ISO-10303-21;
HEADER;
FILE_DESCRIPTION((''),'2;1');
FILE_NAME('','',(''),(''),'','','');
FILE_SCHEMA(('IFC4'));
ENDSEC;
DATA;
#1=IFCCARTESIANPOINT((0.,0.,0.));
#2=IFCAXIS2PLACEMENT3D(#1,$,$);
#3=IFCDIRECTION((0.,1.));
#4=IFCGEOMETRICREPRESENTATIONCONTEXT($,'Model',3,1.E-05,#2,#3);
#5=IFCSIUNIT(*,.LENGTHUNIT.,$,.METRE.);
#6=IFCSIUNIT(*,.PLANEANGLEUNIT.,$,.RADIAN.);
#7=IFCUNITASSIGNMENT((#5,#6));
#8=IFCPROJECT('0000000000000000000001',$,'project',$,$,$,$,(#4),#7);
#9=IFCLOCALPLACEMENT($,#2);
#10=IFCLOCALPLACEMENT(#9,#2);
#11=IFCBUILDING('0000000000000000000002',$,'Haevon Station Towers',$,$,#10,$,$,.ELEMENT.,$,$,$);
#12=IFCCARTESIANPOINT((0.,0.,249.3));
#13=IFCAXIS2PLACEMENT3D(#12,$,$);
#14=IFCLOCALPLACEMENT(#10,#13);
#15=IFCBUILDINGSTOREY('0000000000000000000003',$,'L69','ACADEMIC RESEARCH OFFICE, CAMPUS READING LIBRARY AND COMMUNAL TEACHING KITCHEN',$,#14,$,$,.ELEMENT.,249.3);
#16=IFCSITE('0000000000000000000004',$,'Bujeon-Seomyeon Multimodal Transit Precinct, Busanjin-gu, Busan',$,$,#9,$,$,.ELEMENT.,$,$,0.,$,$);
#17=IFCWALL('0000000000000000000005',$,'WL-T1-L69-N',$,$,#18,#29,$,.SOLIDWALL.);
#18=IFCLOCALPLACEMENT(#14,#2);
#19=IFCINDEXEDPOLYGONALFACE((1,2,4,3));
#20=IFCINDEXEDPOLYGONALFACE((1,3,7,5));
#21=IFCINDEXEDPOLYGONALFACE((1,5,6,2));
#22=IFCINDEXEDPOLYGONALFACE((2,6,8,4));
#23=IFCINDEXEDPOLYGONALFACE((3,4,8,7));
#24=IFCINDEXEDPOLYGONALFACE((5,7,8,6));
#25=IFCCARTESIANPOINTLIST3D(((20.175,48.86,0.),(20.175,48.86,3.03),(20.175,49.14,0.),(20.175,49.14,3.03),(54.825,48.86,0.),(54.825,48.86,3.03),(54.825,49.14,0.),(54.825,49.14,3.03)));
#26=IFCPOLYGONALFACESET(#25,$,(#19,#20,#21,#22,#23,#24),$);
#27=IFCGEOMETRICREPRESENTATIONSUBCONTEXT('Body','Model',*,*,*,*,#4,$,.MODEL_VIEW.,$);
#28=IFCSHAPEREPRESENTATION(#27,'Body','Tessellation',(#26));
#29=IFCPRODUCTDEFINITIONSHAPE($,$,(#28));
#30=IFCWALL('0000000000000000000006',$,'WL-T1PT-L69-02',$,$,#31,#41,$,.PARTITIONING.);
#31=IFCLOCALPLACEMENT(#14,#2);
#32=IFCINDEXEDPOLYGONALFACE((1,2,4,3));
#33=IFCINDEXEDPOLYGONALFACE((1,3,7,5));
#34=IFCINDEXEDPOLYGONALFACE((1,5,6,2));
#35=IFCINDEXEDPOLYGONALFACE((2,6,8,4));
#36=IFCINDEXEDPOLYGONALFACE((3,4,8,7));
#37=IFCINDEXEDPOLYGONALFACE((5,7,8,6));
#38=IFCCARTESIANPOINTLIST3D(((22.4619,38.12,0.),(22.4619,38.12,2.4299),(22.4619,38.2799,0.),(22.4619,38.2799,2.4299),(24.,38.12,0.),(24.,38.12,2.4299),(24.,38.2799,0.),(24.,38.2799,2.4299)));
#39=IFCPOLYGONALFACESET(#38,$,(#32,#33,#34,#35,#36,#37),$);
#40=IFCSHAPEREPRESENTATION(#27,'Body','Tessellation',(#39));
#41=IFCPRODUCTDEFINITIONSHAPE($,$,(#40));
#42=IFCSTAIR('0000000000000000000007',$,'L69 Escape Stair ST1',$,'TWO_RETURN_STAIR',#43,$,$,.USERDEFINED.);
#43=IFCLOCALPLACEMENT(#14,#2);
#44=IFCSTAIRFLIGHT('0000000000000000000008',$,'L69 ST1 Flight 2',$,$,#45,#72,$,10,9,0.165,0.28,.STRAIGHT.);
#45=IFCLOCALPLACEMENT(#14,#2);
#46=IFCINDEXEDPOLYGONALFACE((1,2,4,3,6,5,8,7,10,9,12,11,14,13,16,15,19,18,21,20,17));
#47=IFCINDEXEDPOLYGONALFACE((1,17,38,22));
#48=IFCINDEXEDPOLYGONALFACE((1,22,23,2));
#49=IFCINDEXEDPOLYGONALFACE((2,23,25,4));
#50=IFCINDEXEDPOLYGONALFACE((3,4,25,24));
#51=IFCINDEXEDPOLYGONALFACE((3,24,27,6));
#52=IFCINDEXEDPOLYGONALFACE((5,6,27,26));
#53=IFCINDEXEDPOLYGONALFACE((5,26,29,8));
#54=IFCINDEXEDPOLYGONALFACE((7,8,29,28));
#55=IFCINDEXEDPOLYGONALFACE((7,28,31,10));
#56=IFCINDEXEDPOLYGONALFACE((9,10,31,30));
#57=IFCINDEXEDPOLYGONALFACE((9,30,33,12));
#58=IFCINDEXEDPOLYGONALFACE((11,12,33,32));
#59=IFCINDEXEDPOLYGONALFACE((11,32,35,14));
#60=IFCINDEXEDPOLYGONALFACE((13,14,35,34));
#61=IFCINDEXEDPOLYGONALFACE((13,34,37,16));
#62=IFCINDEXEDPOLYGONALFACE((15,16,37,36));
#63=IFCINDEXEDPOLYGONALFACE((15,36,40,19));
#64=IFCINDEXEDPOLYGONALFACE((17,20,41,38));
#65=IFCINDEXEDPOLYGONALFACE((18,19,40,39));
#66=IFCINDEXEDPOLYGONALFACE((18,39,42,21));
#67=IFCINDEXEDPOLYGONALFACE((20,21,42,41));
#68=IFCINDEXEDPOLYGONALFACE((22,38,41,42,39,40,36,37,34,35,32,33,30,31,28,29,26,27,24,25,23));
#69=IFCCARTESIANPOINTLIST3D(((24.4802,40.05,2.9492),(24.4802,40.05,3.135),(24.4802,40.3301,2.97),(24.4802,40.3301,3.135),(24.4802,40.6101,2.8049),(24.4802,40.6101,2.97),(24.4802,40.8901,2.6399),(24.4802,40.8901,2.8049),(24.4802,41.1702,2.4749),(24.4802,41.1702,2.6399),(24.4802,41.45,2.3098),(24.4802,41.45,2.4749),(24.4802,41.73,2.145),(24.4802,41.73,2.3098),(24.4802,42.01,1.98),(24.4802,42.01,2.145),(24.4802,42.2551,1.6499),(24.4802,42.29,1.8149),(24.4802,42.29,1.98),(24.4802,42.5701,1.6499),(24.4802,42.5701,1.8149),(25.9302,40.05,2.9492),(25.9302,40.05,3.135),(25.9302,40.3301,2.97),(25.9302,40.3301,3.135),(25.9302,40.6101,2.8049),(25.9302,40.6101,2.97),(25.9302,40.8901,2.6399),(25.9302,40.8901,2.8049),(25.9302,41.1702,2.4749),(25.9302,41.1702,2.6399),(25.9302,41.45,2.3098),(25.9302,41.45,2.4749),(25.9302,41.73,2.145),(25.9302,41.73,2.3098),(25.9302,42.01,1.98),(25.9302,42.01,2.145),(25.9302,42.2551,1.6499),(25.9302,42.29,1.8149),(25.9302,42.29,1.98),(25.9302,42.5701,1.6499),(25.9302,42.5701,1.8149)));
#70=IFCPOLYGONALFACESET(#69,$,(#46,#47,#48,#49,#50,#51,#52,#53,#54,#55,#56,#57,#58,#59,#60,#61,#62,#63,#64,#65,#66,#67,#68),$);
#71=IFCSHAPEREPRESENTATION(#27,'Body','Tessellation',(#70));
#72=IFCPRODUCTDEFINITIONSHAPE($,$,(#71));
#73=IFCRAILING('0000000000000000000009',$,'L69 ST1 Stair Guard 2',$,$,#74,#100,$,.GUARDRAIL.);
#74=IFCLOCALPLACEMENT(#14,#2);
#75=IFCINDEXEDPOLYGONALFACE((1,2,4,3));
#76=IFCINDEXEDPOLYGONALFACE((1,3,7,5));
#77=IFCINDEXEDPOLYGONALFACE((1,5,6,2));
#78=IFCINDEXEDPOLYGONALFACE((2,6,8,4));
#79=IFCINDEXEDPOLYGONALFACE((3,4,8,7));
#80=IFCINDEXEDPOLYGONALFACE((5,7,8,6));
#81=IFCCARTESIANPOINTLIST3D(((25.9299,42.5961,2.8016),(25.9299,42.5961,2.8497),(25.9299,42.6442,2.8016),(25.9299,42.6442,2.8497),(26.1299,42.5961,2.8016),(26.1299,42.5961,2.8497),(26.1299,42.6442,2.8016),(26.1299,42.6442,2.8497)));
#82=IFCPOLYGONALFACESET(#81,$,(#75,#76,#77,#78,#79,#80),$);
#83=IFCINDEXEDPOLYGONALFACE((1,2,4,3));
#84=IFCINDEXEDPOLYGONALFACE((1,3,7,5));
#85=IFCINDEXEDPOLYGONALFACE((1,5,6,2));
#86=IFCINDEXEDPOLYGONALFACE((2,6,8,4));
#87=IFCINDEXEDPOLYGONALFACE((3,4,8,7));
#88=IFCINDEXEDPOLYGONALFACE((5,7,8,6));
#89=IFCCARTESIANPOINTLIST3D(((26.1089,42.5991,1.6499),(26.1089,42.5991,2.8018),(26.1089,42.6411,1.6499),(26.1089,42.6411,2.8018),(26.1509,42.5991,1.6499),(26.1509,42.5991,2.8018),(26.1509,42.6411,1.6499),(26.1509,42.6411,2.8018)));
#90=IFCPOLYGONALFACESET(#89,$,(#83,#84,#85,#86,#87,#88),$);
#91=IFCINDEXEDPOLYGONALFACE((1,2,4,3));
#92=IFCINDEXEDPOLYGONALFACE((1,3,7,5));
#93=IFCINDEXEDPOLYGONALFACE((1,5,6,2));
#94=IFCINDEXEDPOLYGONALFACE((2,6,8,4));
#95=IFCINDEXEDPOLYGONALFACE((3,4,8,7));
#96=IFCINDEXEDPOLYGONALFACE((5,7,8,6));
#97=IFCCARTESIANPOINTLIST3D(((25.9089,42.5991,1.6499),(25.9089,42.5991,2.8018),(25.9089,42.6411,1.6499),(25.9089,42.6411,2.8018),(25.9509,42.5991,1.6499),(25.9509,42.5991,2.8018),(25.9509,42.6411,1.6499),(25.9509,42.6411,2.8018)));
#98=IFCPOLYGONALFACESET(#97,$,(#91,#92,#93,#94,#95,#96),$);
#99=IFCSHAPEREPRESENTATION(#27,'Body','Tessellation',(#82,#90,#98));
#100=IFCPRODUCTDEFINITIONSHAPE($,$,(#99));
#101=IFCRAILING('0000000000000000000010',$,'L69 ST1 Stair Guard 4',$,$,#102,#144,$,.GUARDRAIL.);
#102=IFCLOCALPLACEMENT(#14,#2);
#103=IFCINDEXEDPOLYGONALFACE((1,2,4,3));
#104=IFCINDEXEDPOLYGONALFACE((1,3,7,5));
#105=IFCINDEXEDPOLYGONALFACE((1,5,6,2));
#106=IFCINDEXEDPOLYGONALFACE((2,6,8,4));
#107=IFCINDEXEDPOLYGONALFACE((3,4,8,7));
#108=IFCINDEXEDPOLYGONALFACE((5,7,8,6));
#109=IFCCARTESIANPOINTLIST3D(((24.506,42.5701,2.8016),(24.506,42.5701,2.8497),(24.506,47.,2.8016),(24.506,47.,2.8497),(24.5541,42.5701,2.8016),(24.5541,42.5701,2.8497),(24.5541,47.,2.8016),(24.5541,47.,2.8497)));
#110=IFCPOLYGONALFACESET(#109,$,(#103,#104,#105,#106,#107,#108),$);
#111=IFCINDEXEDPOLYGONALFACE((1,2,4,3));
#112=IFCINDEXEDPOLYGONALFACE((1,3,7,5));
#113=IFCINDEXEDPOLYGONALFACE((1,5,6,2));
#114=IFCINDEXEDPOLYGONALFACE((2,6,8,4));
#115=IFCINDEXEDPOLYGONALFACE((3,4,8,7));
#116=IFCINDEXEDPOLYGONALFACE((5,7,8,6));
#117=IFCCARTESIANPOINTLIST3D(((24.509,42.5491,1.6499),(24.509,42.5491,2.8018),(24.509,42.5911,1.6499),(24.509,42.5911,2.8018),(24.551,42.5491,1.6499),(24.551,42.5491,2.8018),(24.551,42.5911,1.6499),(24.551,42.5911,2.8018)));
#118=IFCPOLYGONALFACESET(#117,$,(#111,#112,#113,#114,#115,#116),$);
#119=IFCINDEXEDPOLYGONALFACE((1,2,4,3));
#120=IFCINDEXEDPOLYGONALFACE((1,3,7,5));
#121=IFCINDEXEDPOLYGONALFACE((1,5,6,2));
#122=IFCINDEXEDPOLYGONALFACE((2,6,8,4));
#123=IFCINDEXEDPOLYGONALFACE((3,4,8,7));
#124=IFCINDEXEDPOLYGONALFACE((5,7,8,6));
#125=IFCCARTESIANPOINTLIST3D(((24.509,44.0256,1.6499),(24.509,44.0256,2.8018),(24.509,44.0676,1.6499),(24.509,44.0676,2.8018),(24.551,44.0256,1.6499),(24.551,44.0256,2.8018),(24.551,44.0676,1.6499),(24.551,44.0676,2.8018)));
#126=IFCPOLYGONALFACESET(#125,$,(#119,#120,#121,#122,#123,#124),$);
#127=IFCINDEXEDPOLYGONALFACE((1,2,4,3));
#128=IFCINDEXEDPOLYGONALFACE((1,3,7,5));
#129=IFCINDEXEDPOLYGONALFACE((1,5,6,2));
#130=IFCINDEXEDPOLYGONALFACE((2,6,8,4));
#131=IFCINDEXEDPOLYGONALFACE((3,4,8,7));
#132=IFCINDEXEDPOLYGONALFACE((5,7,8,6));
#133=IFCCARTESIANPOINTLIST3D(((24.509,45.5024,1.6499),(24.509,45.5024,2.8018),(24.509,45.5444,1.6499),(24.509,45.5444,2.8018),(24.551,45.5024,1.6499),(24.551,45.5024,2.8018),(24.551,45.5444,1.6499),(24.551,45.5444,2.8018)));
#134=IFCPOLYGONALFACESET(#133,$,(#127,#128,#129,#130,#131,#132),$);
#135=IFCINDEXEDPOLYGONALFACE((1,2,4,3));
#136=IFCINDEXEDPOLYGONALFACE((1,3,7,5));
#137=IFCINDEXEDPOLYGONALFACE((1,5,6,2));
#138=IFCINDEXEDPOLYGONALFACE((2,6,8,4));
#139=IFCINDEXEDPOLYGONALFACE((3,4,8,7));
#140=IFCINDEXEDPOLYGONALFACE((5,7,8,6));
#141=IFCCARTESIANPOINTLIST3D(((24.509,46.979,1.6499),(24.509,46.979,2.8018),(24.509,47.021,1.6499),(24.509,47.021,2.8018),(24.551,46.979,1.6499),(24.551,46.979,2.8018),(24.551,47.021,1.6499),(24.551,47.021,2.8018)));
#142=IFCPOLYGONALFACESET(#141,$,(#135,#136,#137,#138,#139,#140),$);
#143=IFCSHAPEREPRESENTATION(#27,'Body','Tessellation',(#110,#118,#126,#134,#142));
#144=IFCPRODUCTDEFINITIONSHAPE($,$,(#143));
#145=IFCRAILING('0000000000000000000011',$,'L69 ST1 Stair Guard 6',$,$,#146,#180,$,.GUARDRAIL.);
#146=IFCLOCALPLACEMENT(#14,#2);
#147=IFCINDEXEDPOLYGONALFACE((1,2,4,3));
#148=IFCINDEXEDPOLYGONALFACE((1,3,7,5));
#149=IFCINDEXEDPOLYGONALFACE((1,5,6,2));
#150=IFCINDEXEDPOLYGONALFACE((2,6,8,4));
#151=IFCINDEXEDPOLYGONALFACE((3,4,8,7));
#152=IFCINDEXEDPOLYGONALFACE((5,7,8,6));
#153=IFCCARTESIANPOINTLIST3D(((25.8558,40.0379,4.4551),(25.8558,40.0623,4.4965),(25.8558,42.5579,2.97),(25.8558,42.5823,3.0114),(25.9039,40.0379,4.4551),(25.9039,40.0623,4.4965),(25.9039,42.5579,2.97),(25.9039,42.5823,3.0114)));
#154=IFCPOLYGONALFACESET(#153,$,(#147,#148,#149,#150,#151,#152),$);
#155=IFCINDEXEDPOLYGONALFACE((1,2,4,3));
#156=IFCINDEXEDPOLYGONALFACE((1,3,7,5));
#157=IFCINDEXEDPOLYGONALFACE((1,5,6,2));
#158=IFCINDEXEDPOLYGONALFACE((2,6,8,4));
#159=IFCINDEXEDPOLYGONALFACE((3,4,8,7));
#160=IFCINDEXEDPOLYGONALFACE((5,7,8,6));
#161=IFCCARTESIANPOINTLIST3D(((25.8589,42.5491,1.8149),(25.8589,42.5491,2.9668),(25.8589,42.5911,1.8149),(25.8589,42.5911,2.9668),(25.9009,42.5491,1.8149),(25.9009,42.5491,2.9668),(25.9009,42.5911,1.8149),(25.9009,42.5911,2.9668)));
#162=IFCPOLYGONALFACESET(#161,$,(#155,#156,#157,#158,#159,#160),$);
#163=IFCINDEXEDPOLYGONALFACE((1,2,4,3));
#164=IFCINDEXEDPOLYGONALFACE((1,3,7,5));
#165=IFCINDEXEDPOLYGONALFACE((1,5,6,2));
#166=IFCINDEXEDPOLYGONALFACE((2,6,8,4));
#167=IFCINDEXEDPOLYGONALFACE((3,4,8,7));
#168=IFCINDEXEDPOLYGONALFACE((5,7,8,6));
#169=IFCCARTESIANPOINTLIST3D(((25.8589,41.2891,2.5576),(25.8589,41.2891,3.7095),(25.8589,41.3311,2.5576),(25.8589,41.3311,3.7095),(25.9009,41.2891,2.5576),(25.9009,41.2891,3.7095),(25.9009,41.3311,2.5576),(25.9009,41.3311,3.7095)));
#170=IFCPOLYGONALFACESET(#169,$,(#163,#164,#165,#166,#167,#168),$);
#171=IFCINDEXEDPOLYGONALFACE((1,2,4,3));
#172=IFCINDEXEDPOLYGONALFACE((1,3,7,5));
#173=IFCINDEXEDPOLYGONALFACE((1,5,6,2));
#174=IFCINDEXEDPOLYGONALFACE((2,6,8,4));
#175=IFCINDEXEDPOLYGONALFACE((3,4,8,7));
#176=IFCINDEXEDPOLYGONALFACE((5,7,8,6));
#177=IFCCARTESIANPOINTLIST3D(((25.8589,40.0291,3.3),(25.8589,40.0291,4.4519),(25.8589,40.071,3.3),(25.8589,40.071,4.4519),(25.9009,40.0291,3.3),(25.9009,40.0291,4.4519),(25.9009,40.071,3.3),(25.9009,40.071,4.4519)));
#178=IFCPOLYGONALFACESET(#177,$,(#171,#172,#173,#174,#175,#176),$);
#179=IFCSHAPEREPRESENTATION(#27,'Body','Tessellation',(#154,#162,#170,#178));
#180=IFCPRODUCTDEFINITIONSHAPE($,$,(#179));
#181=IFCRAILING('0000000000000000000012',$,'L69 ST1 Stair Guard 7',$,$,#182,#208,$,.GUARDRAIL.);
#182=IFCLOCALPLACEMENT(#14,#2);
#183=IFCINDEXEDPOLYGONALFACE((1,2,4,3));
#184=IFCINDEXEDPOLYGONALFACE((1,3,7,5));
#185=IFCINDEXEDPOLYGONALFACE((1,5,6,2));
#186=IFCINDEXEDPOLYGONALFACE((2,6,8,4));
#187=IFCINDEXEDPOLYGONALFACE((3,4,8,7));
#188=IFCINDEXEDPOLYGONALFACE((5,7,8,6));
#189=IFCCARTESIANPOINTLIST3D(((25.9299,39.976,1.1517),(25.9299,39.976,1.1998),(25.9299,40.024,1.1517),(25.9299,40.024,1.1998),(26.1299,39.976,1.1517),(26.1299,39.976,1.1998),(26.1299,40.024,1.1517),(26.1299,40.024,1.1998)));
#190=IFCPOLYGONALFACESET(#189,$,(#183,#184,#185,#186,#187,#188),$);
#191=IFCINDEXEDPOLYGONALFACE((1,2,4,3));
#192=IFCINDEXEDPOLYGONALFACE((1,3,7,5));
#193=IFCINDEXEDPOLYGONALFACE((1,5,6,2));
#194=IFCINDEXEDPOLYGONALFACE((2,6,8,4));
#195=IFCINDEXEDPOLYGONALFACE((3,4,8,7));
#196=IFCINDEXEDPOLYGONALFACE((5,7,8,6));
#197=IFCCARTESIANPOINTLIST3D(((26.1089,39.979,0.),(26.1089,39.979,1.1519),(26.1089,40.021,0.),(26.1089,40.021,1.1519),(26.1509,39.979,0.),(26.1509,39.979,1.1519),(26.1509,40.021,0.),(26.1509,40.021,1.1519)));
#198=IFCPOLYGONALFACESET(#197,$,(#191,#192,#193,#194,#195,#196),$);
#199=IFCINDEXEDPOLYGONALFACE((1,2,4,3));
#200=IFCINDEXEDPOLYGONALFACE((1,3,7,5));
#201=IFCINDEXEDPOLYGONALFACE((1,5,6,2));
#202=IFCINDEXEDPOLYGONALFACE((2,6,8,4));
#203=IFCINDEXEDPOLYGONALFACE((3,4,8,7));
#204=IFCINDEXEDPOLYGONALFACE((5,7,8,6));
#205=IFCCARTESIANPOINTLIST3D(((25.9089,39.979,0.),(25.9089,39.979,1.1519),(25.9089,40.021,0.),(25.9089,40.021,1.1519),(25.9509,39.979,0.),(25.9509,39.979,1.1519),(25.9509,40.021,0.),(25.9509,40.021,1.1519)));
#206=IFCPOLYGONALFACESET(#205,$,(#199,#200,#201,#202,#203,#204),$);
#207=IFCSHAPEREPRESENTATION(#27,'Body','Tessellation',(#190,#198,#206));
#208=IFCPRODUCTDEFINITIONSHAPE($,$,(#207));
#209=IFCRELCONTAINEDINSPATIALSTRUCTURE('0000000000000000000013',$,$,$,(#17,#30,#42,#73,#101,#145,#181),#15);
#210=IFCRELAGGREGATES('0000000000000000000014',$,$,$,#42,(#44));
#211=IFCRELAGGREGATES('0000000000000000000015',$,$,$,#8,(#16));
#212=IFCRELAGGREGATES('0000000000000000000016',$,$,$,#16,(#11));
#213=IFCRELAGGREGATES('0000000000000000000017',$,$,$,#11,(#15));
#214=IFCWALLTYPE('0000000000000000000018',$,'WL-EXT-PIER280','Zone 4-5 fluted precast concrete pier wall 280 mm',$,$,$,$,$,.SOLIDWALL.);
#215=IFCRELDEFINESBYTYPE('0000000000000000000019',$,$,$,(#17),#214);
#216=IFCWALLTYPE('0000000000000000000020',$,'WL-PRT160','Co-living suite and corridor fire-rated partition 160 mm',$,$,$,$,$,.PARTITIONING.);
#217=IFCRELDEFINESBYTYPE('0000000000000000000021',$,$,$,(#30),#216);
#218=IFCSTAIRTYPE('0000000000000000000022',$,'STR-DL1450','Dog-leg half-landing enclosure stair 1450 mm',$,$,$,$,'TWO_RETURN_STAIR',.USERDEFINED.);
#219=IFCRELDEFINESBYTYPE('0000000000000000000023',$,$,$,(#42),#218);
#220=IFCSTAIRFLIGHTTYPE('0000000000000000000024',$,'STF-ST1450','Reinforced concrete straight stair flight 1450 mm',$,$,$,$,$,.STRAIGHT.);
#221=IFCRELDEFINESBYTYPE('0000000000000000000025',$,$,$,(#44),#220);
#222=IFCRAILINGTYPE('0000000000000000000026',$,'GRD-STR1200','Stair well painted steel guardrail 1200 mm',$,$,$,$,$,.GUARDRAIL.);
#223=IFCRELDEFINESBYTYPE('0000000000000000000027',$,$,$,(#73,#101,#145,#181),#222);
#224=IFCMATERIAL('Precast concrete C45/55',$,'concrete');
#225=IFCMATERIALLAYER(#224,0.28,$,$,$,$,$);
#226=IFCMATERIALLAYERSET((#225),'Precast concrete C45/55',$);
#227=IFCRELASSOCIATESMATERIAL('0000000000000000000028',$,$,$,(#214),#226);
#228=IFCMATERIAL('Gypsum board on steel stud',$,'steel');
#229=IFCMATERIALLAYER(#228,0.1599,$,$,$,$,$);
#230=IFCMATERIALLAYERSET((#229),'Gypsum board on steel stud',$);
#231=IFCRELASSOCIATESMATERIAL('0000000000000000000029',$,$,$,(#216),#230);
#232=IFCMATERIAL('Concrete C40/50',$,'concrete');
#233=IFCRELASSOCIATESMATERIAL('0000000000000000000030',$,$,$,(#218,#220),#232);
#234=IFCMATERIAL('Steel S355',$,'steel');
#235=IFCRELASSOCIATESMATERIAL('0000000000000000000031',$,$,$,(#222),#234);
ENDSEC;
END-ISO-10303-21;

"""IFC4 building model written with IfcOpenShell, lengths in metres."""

from ifc_helpers import new_model, si_unit, direction, frame, frame_2d, origin, origin_2d, place, context, subcontext, project, spatial, polyline, rectangle, outline, extrude, material, layer, layer_set, type_object, element, aggregate, save


model = new_model("IFC4")

# Units and contexts
model_context = context("Model", 3, precision=1e-05, world=origin(), true_north=direction((0.0, 1.0)))
body_context = subcontext(model_context, "Body", "Model", "MODEL_VIEW")
ifc_project = project(units=[si_unit("LENGTHUNIT", "METRE"), si_unit("PLANEANGLEUNIT", "RADIAN")], contexts=[model_context])

# Site, building, storey
site_placement = place(None, origin())
site = spatial("IfcSite", under=ifc_project, at=site_placement, Name="Bujeon-Seomyeon Multimodal Transit Precinct, Busanjin-gu, Busan", CompositionType="ELEMENT", RefElevation=0.0)
building_placement = place(site_placement, origin())
building = spatial("IfcBuilding", under=site, at=building_placement, Name="Haevon Station Towers", CompositionType="ELEMENT")
storey_placement = place(building_placement, frame((0.0, 0.0, 249.3)))
storey = spatial("IfcBuildingStorey", under=building, at=storey_placement, Name="L69", Description="ACADEMIC RESEARCH OFFICE, CAMPUS READING LIBRARY AND COMMUNAL TEACHING KITCHEN", CompositionType="ELEMENT", Elevation=249.3)

# Shared definitions
ifc_material_1 = material(Name="Steel S355", Category="steel")

# Shared definitions
ifc_material_2 = material(Name="Gypsum board on steel stud", Category="steel")

# Walls
ifc_material_3 = material(Name="Precast concrete C45/55", Category="concrete")
ifc_layer_1 = layer(ifc_material_3, 0.28)
ifc_layer_set_1 = layer_set([ifc_layer_1], Name="Precast concrete C45/55")
wall_type_1 = type_object("IfcWallType", Name="WL-EXT-PIER280", Description="Zone 4-5 fluted precast concrete pier wall 280 mm", PredefinedType="SOLIDWALL", material=ifc_layer_set_1)
wall_1_placement = place(storey_placement, frame((20.175, 49.0, 0.0), z_axis=(0.0, 0.0, 1.0), x_axis=(1.0, 0.0, 0.0)))
element("IfcWall", 1, at=wall_1_placement, inside=storey, type_object=wall_type_1, Name="WL-T1-L69-N", PredefinedType="SOLIDWALL", context=body_context, shape_type="SweptSolid", body=[
    extrude(rectangle(XDim=34.6499, YDim=0.28, at=frame_2d((17.325, 0.0))), origin(), (0.0, 0.0, 1.0), 3.03),
])
ifc_layer_2 = layer(ifc_material_2, 0.1599)
ifc_layer_set_2 = layer_set([ifc_layer_2], Name="Gypsum board on steel stud")
wall_type_2 = type_object("IfcWallType", Name="WL-PRT160", Description="Co-living suite and corridor fire-rated partition 160 mm", PredefinedType="PARTITIONING", material=ifc_layer_set_2)
wall_2_placement = place(storey_placement, frame((22.4619, 38.2, 0.0), z_axis=(0.0, 0.0, 1.0), x_axis=(1.0, 0.0, 0.0)))
element("IfcWall", 2, at=wall_2_placement, inside=storey, type_object=wall_type_2, Name="WL-T1PT-L69-02", PredefinedType="PARTITIONING", context=body_context, shape_type="SweptSolid", body=[
    extrude(rectangle(XDim=1.5381, YDim=0.1599, at=frame_2d((0.769, 0.0))), origin(), (0.0, 0.0, 1.0), 2.4299),
])

# Stair, stair flight
ifc_material_4 = material(Name="Concrete C40/50", Category="concrete")
stair_type = type_object("IfcStairType", Name="STR-DL1450", Description="Dog-leg half-landing enclosure stair 1450 mm", ElementType="TWO_RETURN_STAIR", PredefinedType="USERDEFINED", material=ifc_material_4)
stair_placement = place(storey_placement, origin())
stair = element("IfcStair", 3, at=stair_placement, inside=storey, type_object=stair_type, Name="L69 Escape Stair ST1", ObjectType="TWO_RETURN_STAIR", PredefinedType="USERDEFINED")
stair_flight_type = type_object("IfcStairFlightType", Name="STF-ST1450", Description="Reinforced concrete straight stair flight 1450 mm", PredefinedType="STRAIGHT", material=ifc_material_4)
stair_flight_placement = place(storey_placement, frame((25.2051, 42.5701, 1.6499), z_axis=(0.0, 0.0, 1.0), x_axis=(0.0, -1.0, 0.0)))
stair_flight = element("IfcStairFlight", 4, at=stair_flight_placement, type_object=stair_flight_type, Name="L69 ST1 Flight 2", NumberOfRisers=10, NumberOfTreads=9, PredefinedType="STRAIGHT", RiserHeight=0.165, TreadLength=0.28, context=body_context, shape_type="SweptSolid", body=[
    extrude(outline(polyline([(0.0, 0.0), (0.0, 0.165), (0.28, 0.165), (0.28, 0.3301), (0.5601, 0.3301), (0.5601, 0.4951), (0.8401, 0.4951), (0.8401, 0.6599), (1.1201, 0.6599), (1.1201, 0.825), (1.3999, 0.825), (1.3999, 0.99), (1.6799, 0.99), (1.6799, 1.155), (1.96, 1.155), (1.96, 1.3201), (2.24, 1.3201), (2.24, 1.4851), (2.52, 1.4851), (2.52, 1.6499), (2.52, 1.2993), (0.3149, 0.0), (0.0, 0.0)])), frame((0.0, 0.7251, 0.0), z_axis=(0.0, -1.0, 0.0), x_axis=(1.0, 0.0, 0.0)), (0.0, 0.0, 1.0), 1.45),
])
aggregate(stair, [stair_flight])

# Railings
railing_type_1 = type_object("IfcRailingType", Name="GRD-STR1200", Description="Stair well painted steel guardrail 1200 mm", PredefinedType="GUARDRAIL", material=ifc_material_1)
railing_1_placement = place(storey_placement, frame((26.1299, 42.6201, 1.6499)))
element("IfcRailing", 5, at=railing_1_placement, inside=storey, type_object=railing_type_1, Name="L69 ST1 Stair Guard 2", PredefinedType="GUARDRAIL", context=body_context, shape_type="SweptSolid", body=[
    extrude(rectangle(XDim=0.0481, YDim=0.0481, at=origin_2d()), frame((0.0, 0.0, 1.1758), z_axis=(-1.0, 0.0, 0.0), x_axis=(0.0, -1.0, 0.0)), (0.0, 0.0, 1.0), 0.2),
    extrude(rectangle(XDim=0.042, YDim=0.042, at=origin_2d()), origin(), (0.0, 0.0, 1.0), 1.1519),
    extrude(rectangle(XDim=0.042, YDim=0.042, at=origin_2d()), frame((-0.2, 0.0, 0.0)), (0.0, 0.0, 1.0), 1.1519),
])
railing_2_placement = place(storey_placement, frame((24.53, 42.5701, 1.6499)))
element("IfcRailing", 6, at=railing_2_placement, inside=storey, type_object=railing_type_1, Name="L69 ST1 Stair Guard 4", PredefinedType="GUARDRAIL", context=body_context, shape_type="SweptSolid", body=[
    extrude(rectangle(XDim=0.0481, YDim=0.0481, at=origin_2d()), frame((0.0, 0.0, 1.1758), z_axis=(0.0, 1.0, 0.0), x_axis=(-1.0, 0.0, 0.0)), (0.0, 0.0, 1.0), 4.4299),
    extrude(rectangle(XDim=0.042, YDim=0.042, at=origin_2d()), origin(), (0.0, 0.0, 1.0), 1.1519),
    extrude(rectangle(XDim=0.042, YDim=0.042, at=origin_2d()), frame((0.0, 1.4766, 0.0)), (0.0, 0.0, 1.0), 1.1519),
    extrude(rectangle(XDim=0.042, YDim=0.042, at=origin_2d()), frame((0.0, 2.9534, 0.0)), (0.0, 0.0, 1.0), 1.1519),
    extrude(rectangle(XDim=0.042, YDim=0.042, at=origin_2d()), frame((0.0, 4.4299, 0.0)), (0.0, 0.0, 1.0), 1.1519),
])
railing_3_placement = place(storey_placement, frame((25.8799, 42.5701, 1.8149)))
element("IfcRailing", 7, at=railing_3_placement, inside=storey, type_object=railing_type_1, Name="L69 ST1 Stair Guard 6", PredefinedType="GUARDRAIL", context=body_context, shape_type="SweptSolid", body=[
    extrude(rectangle(XDim=0.0481, YDim=0.0481, at=origin_2d()), frame((0.0, 0.0, 1.1758), z_axis=(0.0, -0.861524, 0.507717), x_axis=(1.0, 0.0, 0.0)), (0.0, 0.0, 1.0), 2.925),
    extrude(rectangle(XDim=0.042, YDim=0.042, at=origin_2d()), origin(), (0.0, 0.0, 1.0), 1.1519),
    extrude(rectangle(XDim=0.042, YDim=0.042, at=origin_2d()), frame((0.0, -1.26, 0.7427)), (0.0, 0.0, 1.0), 1.1519),
    extrude(rectangle(XDim=0.042, YDim=0.042, at=origin_2d()), frame((0.0, -2.52, 1.4851)), (0.0, 0.0, 1.0), 1.1519),
])
railing_4_placement = place(storey_placement, frame((26.1299, 40.0, 0.0)))
element("IfcRailing", 8, at=railing_4_placement, inside=storey, type_object=railing_type_1, Name="L69 ST1 Stair Guard 7", PredefinedType="GUARDRAIL", context=body_context, shape_type="SweptSolid", body=[
    extrude(rectangle(XDim=0.0481, YDim=0.0481, at=origin_2d()), frame((0.0, 0.0, 1.1758), z_axis=(-1.0, 0.0, 0.0), x_axis=(0.0, -1.0, 0.0)), (0.0, 0.0, 1.0), 0.2),
    extrude(rectangle(XDim=0.042, YDim=0.042, at=origin_2d()), origin(), (0.0, 0.0, 1.0), 1.1519),
    extrude(rectangle(XDim=0.042, YDim=0.042, at=origin_2d()), frame((-0.2, 0.0, 0.0)), (0.0, 0.0, 1.0), 1.1519),
])

save(model, "model.ifc")
